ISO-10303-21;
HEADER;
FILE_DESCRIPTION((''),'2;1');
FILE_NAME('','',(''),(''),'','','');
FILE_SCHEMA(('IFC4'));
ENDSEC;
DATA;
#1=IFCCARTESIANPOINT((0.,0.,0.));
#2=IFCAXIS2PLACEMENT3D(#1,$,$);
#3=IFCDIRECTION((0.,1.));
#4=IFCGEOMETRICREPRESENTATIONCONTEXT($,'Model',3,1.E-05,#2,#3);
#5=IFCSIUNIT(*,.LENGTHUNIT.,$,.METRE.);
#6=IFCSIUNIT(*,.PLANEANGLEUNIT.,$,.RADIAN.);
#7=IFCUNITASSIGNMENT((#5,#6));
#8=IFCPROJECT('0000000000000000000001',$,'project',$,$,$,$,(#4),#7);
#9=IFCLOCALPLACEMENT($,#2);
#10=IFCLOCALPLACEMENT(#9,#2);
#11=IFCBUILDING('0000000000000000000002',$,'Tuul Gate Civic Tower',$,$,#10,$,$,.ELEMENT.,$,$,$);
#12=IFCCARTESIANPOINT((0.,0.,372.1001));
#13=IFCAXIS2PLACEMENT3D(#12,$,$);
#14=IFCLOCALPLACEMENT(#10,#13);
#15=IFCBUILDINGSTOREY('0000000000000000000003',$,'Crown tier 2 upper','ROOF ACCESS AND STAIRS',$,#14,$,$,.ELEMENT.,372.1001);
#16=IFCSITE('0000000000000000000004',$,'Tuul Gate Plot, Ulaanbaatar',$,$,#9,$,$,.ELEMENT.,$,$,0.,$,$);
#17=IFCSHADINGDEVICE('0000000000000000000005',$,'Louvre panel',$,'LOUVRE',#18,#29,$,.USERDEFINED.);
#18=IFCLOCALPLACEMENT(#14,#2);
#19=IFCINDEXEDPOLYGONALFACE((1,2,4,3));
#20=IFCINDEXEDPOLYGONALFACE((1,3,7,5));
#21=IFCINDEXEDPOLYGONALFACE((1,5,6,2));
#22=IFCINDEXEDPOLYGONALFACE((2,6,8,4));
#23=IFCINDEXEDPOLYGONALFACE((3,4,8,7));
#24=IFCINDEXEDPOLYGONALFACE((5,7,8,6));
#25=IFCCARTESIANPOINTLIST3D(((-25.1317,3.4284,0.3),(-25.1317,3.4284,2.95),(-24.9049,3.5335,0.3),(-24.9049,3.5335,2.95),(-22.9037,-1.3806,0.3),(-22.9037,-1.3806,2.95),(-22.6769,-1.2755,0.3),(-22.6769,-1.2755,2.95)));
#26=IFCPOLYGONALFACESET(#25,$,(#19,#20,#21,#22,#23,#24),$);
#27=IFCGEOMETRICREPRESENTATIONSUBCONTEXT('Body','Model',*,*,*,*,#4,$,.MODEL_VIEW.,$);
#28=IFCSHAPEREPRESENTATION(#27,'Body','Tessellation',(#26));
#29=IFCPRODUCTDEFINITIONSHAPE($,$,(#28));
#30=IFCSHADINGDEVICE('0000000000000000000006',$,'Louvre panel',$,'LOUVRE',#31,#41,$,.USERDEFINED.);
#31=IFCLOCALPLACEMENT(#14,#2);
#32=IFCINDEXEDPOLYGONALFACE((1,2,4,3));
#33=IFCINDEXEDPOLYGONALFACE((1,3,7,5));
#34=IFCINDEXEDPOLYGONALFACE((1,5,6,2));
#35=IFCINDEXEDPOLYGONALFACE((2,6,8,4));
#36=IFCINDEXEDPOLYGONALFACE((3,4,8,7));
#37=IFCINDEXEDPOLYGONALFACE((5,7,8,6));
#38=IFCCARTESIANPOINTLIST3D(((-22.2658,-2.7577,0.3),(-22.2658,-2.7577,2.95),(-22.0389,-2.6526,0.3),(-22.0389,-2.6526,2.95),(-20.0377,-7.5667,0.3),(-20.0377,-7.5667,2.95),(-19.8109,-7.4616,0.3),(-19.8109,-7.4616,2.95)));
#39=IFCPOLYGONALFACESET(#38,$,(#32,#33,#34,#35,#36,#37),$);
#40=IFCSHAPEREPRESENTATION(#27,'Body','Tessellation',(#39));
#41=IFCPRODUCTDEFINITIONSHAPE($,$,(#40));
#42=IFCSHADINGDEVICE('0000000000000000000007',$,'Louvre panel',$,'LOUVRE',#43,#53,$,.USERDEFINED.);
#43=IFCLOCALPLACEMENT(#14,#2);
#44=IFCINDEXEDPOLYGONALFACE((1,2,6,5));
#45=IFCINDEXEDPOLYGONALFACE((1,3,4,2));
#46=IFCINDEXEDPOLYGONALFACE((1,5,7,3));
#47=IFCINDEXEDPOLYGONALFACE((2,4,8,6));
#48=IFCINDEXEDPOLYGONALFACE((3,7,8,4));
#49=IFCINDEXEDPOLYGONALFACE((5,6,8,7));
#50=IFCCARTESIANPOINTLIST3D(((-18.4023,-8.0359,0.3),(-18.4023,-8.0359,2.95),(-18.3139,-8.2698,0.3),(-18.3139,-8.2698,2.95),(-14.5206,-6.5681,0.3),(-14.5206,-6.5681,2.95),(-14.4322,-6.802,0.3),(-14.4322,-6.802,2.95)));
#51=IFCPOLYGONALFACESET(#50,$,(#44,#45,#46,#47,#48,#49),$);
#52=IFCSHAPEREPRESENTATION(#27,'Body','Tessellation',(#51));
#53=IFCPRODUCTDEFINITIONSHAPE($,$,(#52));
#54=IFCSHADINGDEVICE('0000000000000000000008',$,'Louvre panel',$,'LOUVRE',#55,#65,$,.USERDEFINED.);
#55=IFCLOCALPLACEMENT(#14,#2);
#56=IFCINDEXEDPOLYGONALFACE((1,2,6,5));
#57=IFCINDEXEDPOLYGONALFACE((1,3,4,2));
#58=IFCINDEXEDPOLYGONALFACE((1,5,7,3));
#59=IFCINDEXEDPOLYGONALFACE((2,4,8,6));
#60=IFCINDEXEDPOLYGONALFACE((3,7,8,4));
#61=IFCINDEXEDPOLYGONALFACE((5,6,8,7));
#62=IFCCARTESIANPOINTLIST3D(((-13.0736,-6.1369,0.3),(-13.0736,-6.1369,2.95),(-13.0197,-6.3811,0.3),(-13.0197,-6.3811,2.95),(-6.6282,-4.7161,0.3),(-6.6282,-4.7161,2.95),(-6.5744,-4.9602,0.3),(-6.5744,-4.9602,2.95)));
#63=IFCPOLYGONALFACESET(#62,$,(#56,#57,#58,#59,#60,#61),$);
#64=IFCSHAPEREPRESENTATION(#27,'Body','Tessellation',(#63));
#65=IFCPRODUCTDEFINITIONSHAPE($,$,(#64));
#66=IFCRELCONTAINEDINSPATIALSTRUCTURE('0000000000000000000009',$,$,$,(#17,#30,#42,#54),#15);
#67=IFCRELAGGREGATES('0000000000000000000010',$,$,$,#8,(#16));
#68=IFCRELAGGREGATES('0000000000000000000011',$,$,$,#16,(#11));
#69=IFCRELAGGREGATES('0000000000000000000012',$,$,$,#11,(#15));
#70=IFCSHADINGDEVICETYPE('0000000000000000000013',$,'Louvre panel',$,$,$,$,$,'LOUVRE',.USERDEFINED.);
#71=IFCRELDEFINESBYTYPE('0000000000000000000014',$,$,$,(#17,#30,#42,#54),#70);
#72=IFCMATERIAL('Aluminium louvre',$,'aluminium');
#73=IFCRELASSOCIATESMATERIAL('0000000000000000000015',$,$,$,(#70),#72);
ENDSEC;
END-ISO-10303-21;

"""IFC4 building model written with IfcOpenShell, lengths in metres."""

from ifc_helpers import new_model, si_unit, direction, frame, origin, origin_2d, place, context, subcontext, project, spatial, rectangle, extrude, material, type_object, element, save


model = new_model("IFC4")

# Units and contexts
model_context = context("Model", 3, precision=1e-05, world=origin(), true_north=direction((0.0, 1.0)))
body_context = subcontext(model_context, "Body", "Model", "MODEL_VIEW")
ifc_project = project(units=[si_unit("LENGTHUNIT", "METRE"), si_unit("PLANEANGLEUNIT", "RADIAN")], contexts=[model_context])

# Site, building, storey
site_placement = place(None, origin())
site = spatial("IfcSite", under=ifc_project, at=site_placement, Name="Tuul Gate Plot, Ulaanbaatar", CompositionType="ELEMENT", RefElevation=0.0)
building_placement = place(site_placement, origin())
building = spatial("IfcBuilding", under=site, at=building_placement, Name="Tuul Gate Civic Tower", CompositionType="ELEMENT")
storey_placement = place(building_placement, frame((0.0, 0.0, 372.1001)))
storey = spatial("IfcBuildingStorey", under=building, at=storey_placement, Name="Crown tier 2 upper", Description="ROOF ACCESS AND STAIRS", CompositionType="ELEMENT", Elevation=372.1001)

# Shading devices
ifc_material_1 = material(Name="Aluminium louvre", Category="aluminium")
shading_device_type = type_object("IfcShadingDeviceType", Name="Louvre panel", ElementType="LOUVRE", PredefinedType="USERDEFINED", material=ifc_material_1)
for number, where, z_axis, x_axis, name in (
    (1, (-23.9043, 1.0764, 0.3), (0.0, 0.0, 1.0), (-0.907349, -0.420379, 0.0), "Louvre panel"),
    (2, (-21.0383, -5.1096, 0.3), (0.0, 0.0, 1.0), (-0.907349, -0.420379, 0.0), "Louvre panel"),
):
    element("IfcShadingDevice", number, at=place(storey_placement, frame(where, z_axis=z_axis, x_axis=x_axis)), inside=storey, type_object=shading_device_type, Name=name, ObjectType="LOUVRE", PredefinedType="USERDEFINED", context=body_context, shape_type="SweptSolid", body=[
        extrude(rectangle(XDim=0.25, YDim=5.3, at=origin_2d()), origin(), (0.0, 0.0, 1.0), 2.6499),
    ])
shading_device_1_placement = place(storey_placement, frame((-16.4172, -7.4189, 0.3), z_axis=(0.0, 0.0, 1.0), x_axis=(0.353692, -0.935362, 0.0)))
element("IfcShadingDevice", 3, at=shading_device_1_placement, inside=storey, type_object=shading_device_type, Name="Louvre panel", ObjectType="LOUVRE", PredefinedType="USERDEFINED", context=body_context, shape_type="SweptSolid", body=[
    extrude(rectangle(XDim=0.25, YDim=4.1499, at=origin_2d()), origin(), (0.0, 0.0, 1.0), 2.6499),
])
shading_device_2_placement = place(storey_placement, frame((-9.824, -5.5486, 0.3), z_axis=(0.0, 0.0, 1.0), x_axis=(0.215271, -0.976554, 0.0)))
element("IfcShadingDevice", 4, at=shading_device_2_placement, inside=storey, type_object=shading_device_type, Name="Louvre panel", ObjectType="LOUVRE", PredefinedType="USERDEFINED", context=body_context, shape_type="SweptSolid", body=[
    extrude(rectangle(XDim=0.25, YDim=6.6001, at=origin_2d()), origin(), (0.0, 0.0, 1.0), 2.6499),
])

save(model, "model.ifc")
